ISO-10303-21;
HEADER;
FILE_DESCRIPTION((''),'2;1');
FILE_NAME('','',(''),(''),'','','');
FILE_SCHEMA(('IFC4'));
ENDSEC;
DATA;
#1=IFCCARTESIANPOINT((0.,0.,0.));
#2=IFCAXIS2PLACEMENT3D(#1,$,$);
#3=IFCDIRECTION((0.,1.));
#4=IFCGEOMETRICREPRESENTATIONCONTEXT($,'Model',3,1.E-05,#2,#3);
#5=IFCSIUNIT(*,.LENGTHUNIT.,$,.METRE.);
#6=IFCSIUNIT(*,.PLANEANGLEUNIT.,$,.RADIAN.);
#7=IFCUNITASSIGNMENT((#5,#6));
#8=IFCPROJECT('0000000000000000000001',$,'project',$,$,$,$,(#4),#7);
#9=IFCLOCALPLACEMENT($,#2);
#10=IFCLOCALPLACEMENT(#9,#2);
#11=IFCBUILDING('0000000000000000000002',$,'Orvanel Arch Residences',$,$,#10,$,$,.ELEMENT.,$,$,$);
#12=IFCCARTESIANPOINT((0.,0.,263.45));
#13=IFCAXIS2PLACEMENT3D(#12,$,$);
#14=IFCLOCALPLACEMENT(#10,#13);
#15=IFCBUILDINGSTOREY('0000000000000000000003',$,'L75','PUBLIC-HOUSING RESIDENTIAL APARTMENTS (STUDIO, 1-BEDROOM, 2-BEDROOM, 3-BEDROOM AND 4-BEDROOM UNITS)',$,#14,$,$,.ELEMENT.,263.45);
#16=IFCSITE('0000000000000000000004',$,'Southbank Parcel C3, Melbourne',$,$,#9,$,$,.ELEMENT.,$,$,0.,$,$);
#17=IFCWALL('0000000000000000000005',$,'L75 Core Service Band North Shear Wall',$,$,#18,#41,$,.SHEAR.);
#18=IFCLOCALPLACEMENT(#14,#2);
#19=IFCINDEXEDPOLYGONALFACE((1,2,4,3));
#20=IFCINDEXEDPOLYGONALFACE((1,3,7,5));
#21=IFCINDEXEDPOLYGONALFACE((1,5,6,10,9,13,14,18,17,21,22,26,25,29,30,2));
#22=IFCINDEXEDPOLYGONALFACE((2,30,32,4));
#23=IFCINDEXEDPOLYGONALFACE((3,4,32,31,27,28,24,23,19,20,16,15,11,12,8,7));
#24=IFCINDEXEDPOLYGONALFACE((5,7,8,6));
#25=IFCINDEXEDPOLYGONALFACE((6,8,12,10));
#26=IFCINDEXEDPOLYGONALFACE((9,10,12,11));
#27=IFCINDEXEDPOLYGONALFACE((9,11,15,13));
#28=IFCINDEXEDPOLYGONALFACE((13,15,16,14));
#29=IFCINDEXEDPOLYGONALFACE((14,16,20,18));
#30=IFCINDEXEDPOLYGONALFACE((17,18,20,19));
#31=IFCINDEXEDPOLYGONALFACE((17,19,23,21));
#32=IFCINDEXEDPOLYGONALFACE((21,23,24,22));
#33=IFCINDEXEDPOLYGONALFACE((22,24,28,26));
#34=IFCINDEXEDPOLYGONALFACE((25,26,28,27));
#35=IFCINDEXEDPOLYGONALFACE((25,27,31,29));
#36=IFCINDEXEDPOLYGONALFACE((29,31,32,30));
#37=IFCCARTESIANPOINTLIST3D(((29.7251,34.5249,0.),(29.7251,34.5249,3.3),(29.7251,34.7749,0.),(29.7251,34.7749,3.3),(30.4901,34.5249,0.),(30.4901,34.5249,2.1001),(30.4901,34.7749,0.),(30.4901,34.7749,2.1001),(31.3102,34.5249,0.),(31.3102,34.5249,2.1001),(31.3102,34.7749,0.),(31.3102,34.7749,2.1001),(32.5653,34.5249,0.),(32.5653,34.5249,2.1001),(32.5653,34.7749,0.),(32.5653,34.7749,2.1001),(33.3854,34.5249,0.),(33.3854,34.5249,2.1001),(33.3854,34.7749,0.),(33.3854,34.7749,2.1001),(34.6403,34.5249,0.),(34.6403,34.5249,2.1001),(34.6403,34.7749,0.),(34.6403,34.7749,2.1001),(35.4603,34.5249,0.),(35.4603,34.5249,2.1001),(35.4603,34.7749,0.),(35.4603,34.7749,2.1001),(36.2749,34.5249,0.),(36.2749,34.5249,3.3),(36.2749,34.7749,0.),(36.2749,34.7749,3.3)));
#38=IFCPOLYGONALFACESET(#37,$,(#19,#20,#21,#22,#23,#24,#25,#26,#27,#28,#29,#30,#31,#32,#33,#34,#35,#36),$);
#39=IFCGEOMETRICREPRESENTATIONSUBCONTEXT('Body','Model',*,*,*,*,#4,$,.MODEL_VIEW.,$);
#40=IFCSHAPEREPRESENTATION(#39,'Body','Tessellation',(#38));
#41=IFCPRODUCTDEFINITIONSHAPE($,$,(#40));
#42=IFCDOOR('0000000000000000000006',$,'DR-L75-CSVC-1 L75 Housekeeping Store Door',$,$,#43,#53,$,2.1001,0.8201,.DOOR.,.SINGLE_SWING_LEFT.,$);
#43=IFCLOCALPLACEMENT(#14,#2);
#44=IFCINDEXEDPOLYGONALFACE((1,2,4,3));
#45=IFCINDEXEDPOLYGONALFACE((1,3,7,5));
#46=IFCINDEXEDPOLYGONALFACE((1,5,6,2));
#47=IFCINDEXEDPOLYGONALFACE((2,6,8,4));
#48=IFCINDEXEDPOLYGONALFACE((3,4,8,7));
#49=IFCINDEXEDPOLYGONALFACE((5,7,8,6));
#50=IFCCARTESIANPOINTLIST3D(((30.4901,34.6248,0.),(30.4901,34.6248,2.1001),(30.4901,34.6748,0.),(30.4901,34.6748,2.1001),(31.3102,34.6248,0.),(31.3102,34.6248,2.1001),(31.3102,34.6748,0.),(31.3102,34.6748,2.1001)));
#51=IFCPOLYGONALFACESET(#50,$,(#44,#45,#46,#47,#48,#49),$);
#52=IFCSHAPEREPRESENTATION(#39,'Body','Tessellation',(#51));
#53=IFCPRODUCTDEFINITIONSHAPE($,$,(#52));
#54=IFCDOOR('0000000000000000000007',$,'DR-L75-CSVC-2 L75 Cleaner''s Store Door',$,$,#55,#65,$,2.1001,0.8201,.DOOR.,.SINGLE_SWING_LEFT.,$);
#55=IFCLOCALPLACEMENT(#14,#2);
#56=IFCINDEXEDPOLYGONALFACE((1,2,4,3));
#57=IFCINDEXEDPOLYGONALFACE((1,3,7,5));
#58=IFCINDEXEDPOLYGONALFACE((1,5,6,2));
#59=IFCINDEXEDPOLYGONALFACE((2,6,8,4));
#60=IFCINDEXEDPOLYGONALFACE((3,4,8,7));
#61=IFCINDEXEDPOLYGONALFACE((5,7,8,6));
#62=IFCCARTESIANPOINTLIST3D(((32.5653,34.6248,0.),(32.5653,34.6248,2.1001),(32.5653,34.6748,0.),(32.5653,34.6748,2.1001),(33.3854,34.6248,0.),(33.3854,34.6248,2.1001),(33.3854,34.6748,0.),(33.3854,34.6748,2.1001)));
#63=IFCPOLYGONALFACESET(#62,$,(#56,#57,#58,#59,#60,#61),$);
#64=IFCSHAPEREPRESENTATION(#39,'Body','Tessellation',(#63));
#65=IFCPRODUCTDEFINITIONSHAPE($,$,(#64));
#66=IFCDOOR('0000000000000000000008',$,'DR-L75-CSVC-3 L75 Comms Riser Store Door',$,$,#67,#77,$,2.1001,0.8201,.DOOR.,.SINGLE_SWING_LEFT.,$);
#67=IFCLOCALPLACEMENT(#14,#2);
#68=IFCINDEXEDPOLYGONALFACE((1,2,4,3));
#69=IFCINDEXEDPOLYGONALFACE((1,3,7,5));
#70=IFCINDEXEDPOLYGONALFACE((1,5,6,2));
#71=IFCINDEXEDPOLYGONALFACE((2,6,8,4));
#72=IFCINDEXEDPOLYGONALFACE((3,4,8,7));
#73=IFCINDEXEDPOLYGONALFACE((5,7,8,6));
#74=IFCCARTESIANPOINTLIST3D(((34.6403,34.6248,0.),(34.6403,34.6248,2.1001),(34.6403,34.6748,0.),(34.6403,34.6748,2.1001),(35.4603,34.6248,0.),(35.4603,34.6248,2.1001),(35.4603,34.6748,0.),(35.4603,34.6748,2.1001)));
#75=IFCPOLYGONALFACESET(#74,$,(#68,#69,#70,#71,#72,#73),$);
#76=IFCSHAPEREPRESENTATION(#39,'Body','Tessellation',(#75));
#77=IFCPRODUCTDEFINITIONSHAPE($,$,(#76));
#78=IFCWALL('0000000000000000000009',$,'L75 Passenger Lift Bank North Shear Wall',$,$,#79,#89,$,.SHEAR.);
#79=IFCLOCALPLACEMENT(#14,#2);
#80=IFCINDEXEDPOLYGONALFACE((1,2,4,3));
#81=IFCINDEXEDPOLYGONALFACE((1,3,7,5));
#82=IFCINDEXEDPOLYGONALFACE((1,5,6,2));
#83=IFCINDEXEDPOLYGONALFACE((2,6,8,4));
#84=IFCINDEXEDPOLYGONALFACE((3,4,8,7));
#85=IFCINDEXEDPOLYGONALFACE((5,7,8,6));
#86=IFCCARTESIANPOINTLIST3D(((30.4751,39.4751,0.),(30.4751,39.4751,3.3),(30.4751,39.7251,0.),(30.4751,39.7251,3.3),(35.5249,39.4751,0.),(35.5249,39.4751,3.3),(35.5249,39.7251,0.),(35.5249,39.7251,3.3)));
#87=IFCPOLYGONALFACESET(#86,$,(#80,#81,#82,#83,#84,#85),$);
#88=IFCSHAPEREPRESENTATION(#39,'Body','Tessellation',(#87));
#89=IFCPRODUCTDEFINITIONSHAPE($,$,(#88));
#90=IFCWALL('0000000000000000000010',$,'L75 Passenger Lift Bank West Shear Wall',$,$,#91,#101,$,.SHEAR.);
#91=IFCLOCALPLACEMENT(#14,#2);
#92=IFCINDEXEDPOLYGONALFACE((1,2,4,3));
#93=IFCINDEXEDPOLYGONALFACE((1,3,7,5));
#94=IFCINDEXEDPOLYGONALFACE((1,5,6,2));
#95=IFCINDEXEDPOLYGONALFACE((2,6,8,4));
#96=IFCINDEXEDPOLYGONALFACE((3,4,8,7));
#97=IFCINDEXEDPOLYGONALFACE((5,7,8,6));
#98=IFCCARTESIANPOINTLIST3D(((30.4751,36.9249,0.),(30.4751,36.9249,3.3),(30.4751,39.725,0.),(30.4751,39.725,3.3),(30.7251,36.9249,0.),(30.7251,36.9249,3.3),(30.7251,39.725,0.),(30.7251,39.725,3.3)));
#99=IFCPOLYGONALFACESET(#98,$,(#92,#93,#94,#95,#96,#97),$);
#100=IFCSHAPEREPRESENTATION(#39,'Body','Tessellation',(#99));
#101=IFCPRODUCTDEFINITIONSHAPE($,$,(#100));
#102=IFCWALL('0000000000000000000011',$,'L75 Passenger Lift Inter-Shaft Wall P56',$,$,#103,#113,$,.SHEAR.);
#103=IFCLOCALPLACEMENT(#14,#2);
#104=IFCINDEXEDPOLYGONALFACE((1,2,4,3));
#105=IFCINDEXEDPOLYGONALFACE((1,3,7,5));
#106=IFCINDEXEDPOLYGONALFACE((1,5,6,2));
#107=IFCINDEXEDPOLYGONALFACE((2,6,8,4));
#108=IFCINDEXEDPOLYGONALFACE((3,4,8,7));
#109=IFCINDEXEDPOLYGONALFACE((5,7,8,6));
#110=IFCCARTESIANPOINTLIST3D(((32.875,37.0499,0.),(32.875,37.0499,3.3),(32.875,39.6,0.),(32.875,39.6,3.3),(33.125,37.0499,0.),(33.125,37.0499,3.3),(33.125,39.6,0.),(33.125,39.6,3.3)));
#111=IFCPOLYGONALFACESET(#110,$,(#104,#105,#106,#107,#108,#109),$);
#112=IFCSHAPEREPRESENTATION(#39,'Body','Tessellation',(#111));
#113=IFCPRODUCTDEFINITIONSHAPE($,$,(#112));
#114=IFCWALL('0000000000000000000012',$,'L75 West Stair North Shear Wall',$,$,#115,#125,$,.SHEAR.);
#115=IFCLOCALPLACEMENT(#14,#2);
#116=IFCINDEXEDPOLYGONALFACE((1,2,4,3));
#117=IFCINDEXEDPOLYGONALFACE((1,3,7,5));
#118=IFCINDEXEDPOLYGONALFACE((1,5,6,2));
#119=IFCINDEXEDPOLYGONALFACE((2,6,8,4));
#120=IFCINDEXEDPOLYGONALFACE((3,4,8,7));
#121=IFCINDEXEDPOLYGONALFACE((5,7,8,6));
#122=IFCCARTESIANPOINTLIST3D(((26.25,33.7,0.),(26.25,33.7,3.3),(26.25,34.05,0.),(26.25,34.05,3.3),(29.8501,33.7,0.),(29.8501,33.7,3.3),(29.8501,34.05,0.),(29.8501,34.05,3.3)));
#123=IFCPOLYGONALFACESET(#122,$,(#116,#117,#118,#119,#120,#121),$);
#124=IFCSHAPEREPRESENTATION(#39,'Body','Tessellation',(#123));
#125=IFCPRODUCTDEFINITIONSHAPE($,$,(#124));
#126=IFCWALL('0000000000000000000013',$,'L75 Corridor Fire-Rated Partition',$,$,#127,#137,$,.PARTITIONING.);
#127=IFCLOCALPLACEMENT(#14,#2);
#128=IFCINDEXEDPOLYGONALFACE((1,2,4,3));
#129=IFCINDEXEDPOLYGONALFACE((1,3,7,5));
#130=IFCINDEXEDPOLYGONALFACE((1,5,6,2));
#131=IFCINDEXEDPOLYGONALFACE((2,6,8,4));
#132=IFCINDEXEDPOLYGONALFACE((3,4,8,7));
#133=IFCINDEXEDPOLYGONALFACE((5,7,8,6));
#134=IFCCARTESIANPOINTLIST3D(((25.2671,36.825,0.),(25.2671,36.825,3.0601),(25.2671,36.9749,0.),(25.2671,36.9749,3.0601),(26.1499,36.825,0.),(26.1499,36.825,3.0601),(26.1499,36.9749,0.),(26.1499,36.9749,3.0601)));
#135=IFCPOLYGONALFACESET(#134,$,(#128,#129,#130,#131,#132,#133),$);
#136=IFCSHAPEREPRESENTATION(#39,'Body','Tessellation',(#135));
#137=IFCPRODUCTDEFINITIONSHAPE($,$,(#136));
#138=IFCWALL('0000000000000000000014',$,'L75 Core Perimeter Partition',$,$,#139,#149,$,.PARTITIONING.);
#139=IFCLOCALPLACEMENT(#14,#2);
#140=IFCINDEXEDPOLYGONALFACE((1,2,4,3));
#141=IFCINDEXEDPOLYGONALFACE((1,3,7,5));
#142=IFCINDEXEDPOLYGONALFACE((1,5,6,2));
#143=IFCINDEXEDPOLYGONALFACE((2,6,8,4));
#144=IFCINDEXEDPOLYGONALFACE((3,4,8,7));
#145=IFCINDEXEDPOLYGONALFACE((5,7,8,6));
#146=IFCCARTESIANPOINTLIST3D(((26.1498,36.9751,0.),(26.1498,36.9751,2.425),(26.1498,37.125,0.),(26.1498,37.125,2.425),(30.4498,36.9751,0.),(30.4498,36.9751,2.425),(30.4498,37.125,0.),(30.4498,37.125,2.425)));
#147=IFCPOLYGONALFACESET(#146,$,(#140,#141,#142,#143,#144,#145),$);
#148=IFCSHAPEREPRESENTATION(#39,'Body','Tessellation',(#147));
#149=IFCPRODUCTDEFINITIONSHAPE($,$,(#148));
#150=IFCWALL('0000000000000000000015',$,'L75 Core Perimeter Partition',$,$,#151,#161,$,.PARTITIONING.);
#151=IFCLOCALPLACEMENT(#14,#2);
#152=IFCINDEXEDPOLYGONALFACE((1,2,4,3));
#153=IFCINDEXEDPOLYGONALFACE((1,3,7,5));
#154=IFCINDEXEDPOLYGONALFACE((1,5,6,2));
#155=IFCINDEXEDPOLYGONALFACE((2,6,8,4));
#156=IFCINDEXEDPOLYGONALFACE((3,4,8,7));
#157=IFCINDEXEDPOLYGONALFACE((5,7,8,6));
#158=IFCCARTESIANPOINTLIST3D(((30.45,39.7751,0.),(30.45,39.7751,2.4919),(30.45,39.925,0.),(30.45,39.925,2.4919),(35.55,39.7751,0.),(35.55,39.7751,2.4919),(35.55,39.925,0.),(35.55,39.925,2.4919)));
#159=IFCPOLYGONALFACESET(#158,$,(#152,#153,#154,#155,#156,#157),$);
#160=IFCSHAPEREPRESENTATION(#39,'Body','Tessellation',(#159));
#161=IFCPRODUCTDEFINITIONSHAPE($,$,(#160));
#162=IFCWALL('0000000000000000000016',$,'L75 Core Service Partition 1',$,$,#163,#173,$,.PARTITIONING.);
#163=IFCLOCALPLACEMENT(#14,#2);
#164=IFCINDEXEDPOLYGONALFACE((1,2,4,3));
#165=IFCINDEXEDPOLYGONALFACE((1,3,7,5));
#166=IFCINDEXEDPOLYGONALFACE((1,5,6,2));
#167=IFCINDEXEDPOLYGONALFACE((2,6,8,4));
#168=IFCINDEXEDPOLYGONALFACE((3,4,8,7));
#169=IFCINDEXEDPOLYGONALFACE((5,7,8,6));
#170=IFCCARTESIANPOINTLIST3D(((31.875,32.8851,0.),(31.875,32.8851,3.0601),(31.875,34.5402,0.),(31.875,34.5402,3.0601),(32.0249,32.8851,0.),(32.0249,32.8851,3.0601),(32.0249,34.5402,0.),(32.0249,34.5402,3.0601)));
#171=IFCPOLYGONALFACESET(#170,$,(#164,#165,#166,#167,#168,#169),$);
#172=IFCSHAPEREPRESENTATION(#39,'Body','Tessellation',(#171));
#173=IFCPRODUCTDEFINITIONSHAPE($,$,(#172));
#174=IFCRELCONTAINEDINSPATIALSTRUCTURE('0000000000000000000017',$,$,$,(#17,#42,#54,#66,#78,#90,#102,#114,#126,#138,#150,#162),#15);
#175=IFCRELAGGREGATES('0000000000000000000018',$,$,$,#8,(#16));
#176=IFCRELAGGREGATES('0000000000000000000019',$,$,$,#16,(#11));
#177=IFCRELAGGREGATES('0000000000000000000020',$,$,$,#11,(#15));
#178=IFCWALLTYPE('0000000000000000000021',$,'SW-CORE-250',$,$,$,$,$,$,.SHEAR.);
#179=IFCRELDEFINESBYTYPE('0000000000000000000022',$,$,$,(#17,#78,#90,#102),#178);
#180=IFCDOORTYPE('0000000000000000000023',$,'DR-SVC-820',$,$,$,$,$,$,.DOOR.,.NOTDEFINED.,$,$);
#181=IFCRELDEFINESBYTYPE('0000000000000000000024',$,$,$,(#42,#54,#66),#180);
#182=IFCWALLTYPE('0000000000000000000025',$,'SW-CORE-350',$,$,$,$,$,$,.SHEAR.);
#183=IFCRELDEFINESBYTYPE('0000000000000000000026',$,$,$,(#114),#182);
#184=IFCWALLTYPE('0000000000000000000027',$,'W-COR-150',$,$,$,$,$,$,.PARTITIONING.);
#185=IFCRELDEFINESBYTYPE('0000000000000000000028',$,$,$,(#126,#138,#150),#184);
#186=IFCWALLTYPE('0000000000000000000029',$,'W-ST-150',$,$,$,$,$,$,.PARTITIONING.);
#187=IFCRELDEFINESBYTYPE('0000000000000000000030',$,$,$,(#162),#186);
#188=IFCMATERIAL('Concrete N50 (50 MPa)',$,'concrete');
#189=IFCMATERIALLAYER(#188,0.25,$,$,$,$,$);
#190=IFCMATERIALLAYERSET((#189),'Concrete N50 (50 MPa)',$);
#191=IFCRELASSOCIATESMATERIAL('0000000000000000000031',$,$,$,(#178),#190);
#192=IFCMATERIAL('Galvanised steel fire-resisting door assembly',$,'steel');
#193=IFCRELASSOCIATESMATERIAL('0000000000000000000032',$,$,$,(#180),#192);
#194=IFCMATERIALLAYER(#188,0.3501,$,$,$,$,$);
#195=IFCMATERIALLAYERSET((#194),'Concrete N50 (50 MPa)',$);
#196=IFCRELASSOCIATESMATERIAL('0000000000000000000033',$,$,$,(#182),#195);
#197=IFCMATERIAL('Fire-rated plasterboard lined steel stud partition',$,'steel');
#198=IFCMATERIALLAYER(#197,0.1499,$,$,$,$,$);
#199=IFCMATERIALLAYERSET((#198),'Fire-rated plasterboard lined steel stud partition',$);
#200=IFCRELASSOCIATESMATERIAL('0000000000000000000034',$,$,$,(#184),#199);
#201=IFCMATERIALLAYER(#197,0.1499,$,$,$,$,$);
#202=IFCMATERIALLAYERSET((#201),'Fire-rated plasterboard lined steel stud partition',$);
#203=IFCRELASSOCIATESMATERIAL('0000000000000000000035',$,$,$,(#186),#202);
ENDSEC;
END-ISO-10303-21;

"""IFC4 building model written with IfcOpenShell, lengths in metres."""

from ifc_helpers import new_model, si_unit, direction, frame, frame_2d, origin, place, context, subcontext, project, spatial, rectangle, extrude, material, layer, layer_set, type_object, element, fill, save


model = new_model("IFC4")

# Units and contexts
model_context = context("Model", 3, precision=1e-05, world=origin(), true_north=direction((0.0, 1.0)))
body_context = subcontext(model_context, "Body", "Model", "MODEL_VIEW")
ifc_project = project(units=[si_unit("LENGTHUNIT", "METRE"), si_unit("PLANEANGLEUNIT", "RADIAN")], contexts=[model_context])

# Site, building, storey
site_placement = place(None, origin())
site = spatial("IfcSite", under=ifc_project, at=site_placement, Name="Southbank Parcel C3, Melbourne", CompositionType="ELEMENT", RefElevation=0.0)
building_placement = place(site_placement, origin())
building = spatial("IfcBuilding", under=site, at=building_placement, Name="Orvanel Arch Residences", CompositionType="ELEMENT")
storey_placement = place(building_placement, frame((0.0, 0.0, 263.45)))
storey = spatial("IfcBuildingStorey", under=building, at=storey_placement, Name="L75", Description="PUBLIC-HOUSING RESIDENTIAL APARTMENTS (STUDIO, 1-BEDROOM, 2-BEDROOM, 3-BEDROOM AND 4-BEDROOM UNITS)", CompositionType="ELEMENT", Elevation=263.45)

# Wall, openings, doors
ifc_material_1 = material(Name="Concrete N50 (50 MPa)", Category="concrete")
ifc_layer_1 = layer(ifc_material_1, 0.25)
ifc_layer_set_1 = layer_set([ifc_layer_1], Name="Concrete N50 (50 MPa)")
wall_type_1 = type_object("IfcWallType", Name="SW-CORE-250", PredefinedType="SHEAR", material=ifc_layer_set_1)
wall_1_placement = place(storey_placement, frame((29.7251, 34.6499, 0.0), z_axis=(0.0, 0.0, 1.0), x_axis=(1.0, 0.0, 0.0)))
wall_1 = element("IfcWall", 1, at=wall_1_placement, inside=storey, type_object=wall_type_1, Name="L75 Core Service Band North Shear Wall", PredefinedType="SHEAR", context=body_context, shape_type="SweptSolid", body=[
    extrude(rectangle(XDim=6.5498, YDim=0.25, at=frame_2d((3.2749, 0.0))), origin(), (0.0, 0.0, 1.0), 3.3),
])
opening_1_placement = place(wall_1_placement, frame((0.7649, 0.0, 0.0)))
opening_1 = element("IfcOpeningElement", 2, at=opening_1_placement, cuts=wall_1, PredefinedType="OPENING", context=body_context, shape_type="SweptSolid", body=[
    extrude(rectangle(XDim=0.8201, YDim=2.1001, at=frame_2d((0.4102, 1.05))), frame((0.0, 0.135, 0.0), z_axis=(0.0, -1.0, 0.0), x_axis=(1.0, 0.0, 0.0)), (0.0, 0.0, 1.0), 0.27),
])
opening_2_placement = place(wall_1_placement, frame((2.8401, 0.0, 0.0)))
opening_2 = element("IfcOpeningElement", 3, at=opening_2_placement, cuts=wall_1, PredefinedType="OPENING", context=body_context, shape_type="SweptSolid", body=[
    extrude(rectangle(XDim=0.8201, YDim=2.1001, at=frame_2d((0.4102, 1.05))), frame((0.0, 0.135, 0.0), z_axis=(0.0, -1.0, 0.0), x_axis=(1.0, 0.0, 0.0)), (0.0, 0.0, 1.0), 0.27),
])
opening_3_placement = place(wall_1_placement, frame((4.915, 0.0, 0.0)))
opening_3 = element("IfcOpeningElement", 4, at=opening_3_placement, cuts=wall_1, PredefinedType="OPENING", context=body_context, shape_type="SweptSolid", body=[
    extrude(rectangle(XDim=0.8201, YDim=2.1001, at=frame_2d((0.4102, 1.05))), frame((0.0, 0.135, 0.0), z_axis=(0.0, -1.0, 0.0), x_axis=(1.0, 0.0, 0.0)), (0.0, 0.0, 1.0), 0.27),
])
ifc_material_2 = material(Name="Galvanised steel fire-resisting door assembly", Category="steel")
door_type = type_object("IfcDoorType", Name="DR-SVC-820", OperationType="NOTDEFINED", PredefinedType="DOOR", material=ifc_material_2)
door_1_placement = place(opening_1_placement, origin())
door_1 = element("IfcDoor", 5, at=door_1_placement, inside=storey, type_object=door_type, Name="DR-L75-CSVC-1 L75 Housekeeping Store Door", OperationType="SINGLE_SWING_LEFT", OverallHeight=2.1001, OverallWidth=0.8201, PredefinedType="DOOR", context=body_context, shape_type="SweptSolid", body=[
    extrude(rectangle(XDim=0.8201, YDim=2.1001, at=frame_2d((0.4102, 1.05))), frame((0.0, 0.0249, 0.0), z_axis=(0.0, -1.0, 0.0), x_axis=(1.0, 0.0, 0.0)), (0.0, 0.0, 1.0), 0.05),
])
fill(opening_1, door_1)
door_2_placement = place(opening_2_placement, origin())
door_2 = element("IfcDoor", 6, at=door_2_placement, inside=storey, type_object=door_type, Name="DR-L75-CSVC-2 L75 Cleaner's Store Door", OperationType="SINGLE_SWING_LEFT", OverallHeight=2.1001, OverallWidth=0.8201, PredefinedType="DOOR", context=body_context, shape_type="SweptSolid", body=[
    extrude(rectangle(XDim=0.8201, YDim=2.1001, at=frame_2d((0.4102, 1.05))), frame((0.0, 0.0249, 0.0), z_axis=(0.0, -1.0, 0.0), x_axis=(1.0, 0.0, 0.0)), (0.0, 0.0, 1.0), 0.05),
])
fill(opening_2, door_2)
door_3_placement = place(opening_3_placement, origin())
door_3 = element("IfcDoor", 7, at=door_3_placement, inside=storey, type_object=door_type, Name="DR-L75-CSVC-3 L75 Comms Riser Store Door", OperationType="SINGLE_SWING_LEFT", OverallHeight=2.1001, OverallWidth=0.8201, PredefinedType="DOOR", context=body_context, shape_type="SweptSolid", body=[
    extrude(rectangle(XDim=0.8201, YDim=2.1001, at=frame_2d((0.4102, 1.05))), frame((0.0, 0.0249, 0.0), z_axis=(0.0, -1.0, 0.0), x_axis=(1.0, 0.0, 0.0)), (0.0, 0.0, 1.0), 0.05),
])
fill(opening_3, door_3)

# Walls
wall_2_placement = place(storey_placement, frame((30.4751, 39.6001, 0.0), z_axis=(0.0, 0.0, 1.0), x_axis=(1.0, 0.0, 0.0)))
element("IfcWall", 8, at=wall_2_placement, inside=storey, type_object=wall_type_1, Name="L75 Passenger Lift Bank North Shear Wall", PredefinedType="SHEAR", context=body_context, shape_type="SweptSolid", body=[
    extrude(rectangle(XDim=5.0498, YDim=0.25, at=frame_2d((2.5249, 0.0))), origin(), (0.0, 0.0, 1.0), 3.3),
])
wall_3_placement = place(storey_placement, frame((30.6001, 36.925, 0.0), z_axis=(0.0, 0.0, 1.0), x_axis=(0.0, 1.0, 0.0)))
element("IfcWall", 9, at=wall_3_placement, inside=storey, type_object=wall_type_1, Name="L75 Passenger Lift Bank West Shear Wall", PredefinedType="SHEAR", context=body_context, shape_type="SweptSolid", body=[
    extrude(rectangle(XDim=2.8, YDim=0.25, at=frame_2d((1.3999, 0.0))), origin(), (0.0, 0.0, 1.0), 3.3),
])
wall_4_placement = place(storey_placement, frame((33.0, 37.05, 0.0), z_axis=(0.0, 0.0, 1.0), x_axis=(0.0, 1.0, 0.0)))
element("IfcWall", 10, at=wall_4_placement, inside=storey, type_object=wall_type_1, Name="L75 Passenger Lift Inter-Shaft Wall P56", PredefinedType="SHEAR", context=body_context, shape_type="SweptSolid", body=[
    extrude(rectangle(XDim=2.55, YDim=0.25, at=frame_2d((1.2749, 0.0))), origin(), (0.0, 0.0, 1.0), 3.3),
])
ifc_layer_2 = layer(ifc_material_1, 0.3501)
ifc_layer_set_2 = layer_set([ifc_layer_2], Name="Concrete N50 (50 MPa)")
wall_type_2 = type_object("IfcWallType", Name="SW-CORE-350", PredefinedType="SHEAR", material=ifc_layer_set_2)
wall_5_placement = place(storey_placement, frame((26.25, 33.875, 0.0), z_axis=(0.0, 0.0, 1.0), x_axis=(1.0, 0.0, 0.0)))
element("IfcWall", 11, at=wall_5_placement, inside=storey, type_object=wall_type_2, Name="L75 West Stair North Shear Wall", PredefinedType="SHEAR", context=body_context, shape_type="SweptSolid", body=[
    extrude(rectangle(XDim=3.6001, YDim=0.3501, at=frame_2d((1.8, 0.0))), origin(), (0.0, 0.0, 1.0), 3.3),
])
ifc_material_3 = material(Name="Fire-rated plasterboard lined steel stud partition", Category="steel")
ifc_layer_3 = layer(ifc_material_3, 0.1499)
ifc_layer_set_3 = layer_set([ifc_layer_3], Name="Fire-rated plasterboard lined steel stud partition")
wall_type_3 = type_object("IfcWallType", Name="W-COR-150", PredefinedType="PARTITIONING", material=ifc_layer_set_3)
wall_6_placement = place(storey_placement, frame((25.2671, 36.8999, 0.0), z_axis=(0.0, 0.0, 1.0), x_axis=(1.0, 0.0, 0.0)))
element("IfcWall", 12, at=wall_6_placement, inside=storey, type_object=wall_type_3, Name="L75 Corridor Fire-Rated Partition", PredefinedType="PARTITIONING", context=body_context, shape_type="SweptSolid", body=[
    extrude(rectangle(XDim=0.8828, YDim=0.1499, at=frame_2d((0.4414, 0.0))), origin(), (0.0, 0.0, 1.0), 3.0601),
])
wall_7_placement = place(storey_placement, frame((26.1499, 37.05, 0.0), z_axis=(0.0, 0.0, 1.0), x_axis=(1.0, 0.0, 0.0)))
element("IfcWall", 13, at=wall_7_placement, inside=storey, type_object=wall_type_3, Name="L75 Core Perimeter Partition", PredefinedType="PARTITIONING", context=body_context, shape_type="SweptSolid", body=[
    extrude(rectangle(XDim=4.3, YDim=0.1499, at=frame_2d((2.1499, 0.0))), origin(), (0.0, 0.0, 1.0), 2.425),
])
wall_8_placement = place(storey_placement, frame((30.45, 39.8501, 0.0), z_axis=(0.0, 0.0, 1.0), x_axis=(1.0, 0.0, 0.0)))
element("IfcWall", 14, at=wall_8_placement, inside=storey, type_object=wall_type_3, Name="L75 Core Perimeter Partition", PredefinedType="PARTITIONING", context=body_context, shape_type="SweptSolid", body=[
    extrude(rectangle(XDim=5.1001, YDim=0.1499, at=frame_2d((2.55, 0.0))), origin(), (0.0, 0.0, 1.0), 2.4919),
])
ifc_layer_4 = layer(ifc_material_3, 0.1499)
ifc_layer_set_4 = layer_set([ifc_layer_4], Name="Fire-rated plasterboard lined steel stud partition")
wall_type_4 = type_object("IfcWallType", Name="W-ST-150", PredefinedType="PARTITIONING", material=ifc_layer_set_4)
wall_9_placement = place(storey_placement, frame((31.95, 32.885, 0.0), z_axis=(0.0, 0.0, 1.0), x_axis=(0.0, 1.0, 0.0)))
element("IfcWall", 15, at=wall_9_placement, inside=storey, type_object=wall_type_4, Name="L75 Core Service Partition 1", PredefinedType="PARTITIONING", context=body_context, shape_type="SweptSolid", body=[
    extrude(rectangle(XDim=1.655, YDim=0.1499, at=frame_2d((0.8276, 0.0))), origin(), (0.0, 0.0, 1.0), 3.0601),
])

save(model, "model.ifc")
